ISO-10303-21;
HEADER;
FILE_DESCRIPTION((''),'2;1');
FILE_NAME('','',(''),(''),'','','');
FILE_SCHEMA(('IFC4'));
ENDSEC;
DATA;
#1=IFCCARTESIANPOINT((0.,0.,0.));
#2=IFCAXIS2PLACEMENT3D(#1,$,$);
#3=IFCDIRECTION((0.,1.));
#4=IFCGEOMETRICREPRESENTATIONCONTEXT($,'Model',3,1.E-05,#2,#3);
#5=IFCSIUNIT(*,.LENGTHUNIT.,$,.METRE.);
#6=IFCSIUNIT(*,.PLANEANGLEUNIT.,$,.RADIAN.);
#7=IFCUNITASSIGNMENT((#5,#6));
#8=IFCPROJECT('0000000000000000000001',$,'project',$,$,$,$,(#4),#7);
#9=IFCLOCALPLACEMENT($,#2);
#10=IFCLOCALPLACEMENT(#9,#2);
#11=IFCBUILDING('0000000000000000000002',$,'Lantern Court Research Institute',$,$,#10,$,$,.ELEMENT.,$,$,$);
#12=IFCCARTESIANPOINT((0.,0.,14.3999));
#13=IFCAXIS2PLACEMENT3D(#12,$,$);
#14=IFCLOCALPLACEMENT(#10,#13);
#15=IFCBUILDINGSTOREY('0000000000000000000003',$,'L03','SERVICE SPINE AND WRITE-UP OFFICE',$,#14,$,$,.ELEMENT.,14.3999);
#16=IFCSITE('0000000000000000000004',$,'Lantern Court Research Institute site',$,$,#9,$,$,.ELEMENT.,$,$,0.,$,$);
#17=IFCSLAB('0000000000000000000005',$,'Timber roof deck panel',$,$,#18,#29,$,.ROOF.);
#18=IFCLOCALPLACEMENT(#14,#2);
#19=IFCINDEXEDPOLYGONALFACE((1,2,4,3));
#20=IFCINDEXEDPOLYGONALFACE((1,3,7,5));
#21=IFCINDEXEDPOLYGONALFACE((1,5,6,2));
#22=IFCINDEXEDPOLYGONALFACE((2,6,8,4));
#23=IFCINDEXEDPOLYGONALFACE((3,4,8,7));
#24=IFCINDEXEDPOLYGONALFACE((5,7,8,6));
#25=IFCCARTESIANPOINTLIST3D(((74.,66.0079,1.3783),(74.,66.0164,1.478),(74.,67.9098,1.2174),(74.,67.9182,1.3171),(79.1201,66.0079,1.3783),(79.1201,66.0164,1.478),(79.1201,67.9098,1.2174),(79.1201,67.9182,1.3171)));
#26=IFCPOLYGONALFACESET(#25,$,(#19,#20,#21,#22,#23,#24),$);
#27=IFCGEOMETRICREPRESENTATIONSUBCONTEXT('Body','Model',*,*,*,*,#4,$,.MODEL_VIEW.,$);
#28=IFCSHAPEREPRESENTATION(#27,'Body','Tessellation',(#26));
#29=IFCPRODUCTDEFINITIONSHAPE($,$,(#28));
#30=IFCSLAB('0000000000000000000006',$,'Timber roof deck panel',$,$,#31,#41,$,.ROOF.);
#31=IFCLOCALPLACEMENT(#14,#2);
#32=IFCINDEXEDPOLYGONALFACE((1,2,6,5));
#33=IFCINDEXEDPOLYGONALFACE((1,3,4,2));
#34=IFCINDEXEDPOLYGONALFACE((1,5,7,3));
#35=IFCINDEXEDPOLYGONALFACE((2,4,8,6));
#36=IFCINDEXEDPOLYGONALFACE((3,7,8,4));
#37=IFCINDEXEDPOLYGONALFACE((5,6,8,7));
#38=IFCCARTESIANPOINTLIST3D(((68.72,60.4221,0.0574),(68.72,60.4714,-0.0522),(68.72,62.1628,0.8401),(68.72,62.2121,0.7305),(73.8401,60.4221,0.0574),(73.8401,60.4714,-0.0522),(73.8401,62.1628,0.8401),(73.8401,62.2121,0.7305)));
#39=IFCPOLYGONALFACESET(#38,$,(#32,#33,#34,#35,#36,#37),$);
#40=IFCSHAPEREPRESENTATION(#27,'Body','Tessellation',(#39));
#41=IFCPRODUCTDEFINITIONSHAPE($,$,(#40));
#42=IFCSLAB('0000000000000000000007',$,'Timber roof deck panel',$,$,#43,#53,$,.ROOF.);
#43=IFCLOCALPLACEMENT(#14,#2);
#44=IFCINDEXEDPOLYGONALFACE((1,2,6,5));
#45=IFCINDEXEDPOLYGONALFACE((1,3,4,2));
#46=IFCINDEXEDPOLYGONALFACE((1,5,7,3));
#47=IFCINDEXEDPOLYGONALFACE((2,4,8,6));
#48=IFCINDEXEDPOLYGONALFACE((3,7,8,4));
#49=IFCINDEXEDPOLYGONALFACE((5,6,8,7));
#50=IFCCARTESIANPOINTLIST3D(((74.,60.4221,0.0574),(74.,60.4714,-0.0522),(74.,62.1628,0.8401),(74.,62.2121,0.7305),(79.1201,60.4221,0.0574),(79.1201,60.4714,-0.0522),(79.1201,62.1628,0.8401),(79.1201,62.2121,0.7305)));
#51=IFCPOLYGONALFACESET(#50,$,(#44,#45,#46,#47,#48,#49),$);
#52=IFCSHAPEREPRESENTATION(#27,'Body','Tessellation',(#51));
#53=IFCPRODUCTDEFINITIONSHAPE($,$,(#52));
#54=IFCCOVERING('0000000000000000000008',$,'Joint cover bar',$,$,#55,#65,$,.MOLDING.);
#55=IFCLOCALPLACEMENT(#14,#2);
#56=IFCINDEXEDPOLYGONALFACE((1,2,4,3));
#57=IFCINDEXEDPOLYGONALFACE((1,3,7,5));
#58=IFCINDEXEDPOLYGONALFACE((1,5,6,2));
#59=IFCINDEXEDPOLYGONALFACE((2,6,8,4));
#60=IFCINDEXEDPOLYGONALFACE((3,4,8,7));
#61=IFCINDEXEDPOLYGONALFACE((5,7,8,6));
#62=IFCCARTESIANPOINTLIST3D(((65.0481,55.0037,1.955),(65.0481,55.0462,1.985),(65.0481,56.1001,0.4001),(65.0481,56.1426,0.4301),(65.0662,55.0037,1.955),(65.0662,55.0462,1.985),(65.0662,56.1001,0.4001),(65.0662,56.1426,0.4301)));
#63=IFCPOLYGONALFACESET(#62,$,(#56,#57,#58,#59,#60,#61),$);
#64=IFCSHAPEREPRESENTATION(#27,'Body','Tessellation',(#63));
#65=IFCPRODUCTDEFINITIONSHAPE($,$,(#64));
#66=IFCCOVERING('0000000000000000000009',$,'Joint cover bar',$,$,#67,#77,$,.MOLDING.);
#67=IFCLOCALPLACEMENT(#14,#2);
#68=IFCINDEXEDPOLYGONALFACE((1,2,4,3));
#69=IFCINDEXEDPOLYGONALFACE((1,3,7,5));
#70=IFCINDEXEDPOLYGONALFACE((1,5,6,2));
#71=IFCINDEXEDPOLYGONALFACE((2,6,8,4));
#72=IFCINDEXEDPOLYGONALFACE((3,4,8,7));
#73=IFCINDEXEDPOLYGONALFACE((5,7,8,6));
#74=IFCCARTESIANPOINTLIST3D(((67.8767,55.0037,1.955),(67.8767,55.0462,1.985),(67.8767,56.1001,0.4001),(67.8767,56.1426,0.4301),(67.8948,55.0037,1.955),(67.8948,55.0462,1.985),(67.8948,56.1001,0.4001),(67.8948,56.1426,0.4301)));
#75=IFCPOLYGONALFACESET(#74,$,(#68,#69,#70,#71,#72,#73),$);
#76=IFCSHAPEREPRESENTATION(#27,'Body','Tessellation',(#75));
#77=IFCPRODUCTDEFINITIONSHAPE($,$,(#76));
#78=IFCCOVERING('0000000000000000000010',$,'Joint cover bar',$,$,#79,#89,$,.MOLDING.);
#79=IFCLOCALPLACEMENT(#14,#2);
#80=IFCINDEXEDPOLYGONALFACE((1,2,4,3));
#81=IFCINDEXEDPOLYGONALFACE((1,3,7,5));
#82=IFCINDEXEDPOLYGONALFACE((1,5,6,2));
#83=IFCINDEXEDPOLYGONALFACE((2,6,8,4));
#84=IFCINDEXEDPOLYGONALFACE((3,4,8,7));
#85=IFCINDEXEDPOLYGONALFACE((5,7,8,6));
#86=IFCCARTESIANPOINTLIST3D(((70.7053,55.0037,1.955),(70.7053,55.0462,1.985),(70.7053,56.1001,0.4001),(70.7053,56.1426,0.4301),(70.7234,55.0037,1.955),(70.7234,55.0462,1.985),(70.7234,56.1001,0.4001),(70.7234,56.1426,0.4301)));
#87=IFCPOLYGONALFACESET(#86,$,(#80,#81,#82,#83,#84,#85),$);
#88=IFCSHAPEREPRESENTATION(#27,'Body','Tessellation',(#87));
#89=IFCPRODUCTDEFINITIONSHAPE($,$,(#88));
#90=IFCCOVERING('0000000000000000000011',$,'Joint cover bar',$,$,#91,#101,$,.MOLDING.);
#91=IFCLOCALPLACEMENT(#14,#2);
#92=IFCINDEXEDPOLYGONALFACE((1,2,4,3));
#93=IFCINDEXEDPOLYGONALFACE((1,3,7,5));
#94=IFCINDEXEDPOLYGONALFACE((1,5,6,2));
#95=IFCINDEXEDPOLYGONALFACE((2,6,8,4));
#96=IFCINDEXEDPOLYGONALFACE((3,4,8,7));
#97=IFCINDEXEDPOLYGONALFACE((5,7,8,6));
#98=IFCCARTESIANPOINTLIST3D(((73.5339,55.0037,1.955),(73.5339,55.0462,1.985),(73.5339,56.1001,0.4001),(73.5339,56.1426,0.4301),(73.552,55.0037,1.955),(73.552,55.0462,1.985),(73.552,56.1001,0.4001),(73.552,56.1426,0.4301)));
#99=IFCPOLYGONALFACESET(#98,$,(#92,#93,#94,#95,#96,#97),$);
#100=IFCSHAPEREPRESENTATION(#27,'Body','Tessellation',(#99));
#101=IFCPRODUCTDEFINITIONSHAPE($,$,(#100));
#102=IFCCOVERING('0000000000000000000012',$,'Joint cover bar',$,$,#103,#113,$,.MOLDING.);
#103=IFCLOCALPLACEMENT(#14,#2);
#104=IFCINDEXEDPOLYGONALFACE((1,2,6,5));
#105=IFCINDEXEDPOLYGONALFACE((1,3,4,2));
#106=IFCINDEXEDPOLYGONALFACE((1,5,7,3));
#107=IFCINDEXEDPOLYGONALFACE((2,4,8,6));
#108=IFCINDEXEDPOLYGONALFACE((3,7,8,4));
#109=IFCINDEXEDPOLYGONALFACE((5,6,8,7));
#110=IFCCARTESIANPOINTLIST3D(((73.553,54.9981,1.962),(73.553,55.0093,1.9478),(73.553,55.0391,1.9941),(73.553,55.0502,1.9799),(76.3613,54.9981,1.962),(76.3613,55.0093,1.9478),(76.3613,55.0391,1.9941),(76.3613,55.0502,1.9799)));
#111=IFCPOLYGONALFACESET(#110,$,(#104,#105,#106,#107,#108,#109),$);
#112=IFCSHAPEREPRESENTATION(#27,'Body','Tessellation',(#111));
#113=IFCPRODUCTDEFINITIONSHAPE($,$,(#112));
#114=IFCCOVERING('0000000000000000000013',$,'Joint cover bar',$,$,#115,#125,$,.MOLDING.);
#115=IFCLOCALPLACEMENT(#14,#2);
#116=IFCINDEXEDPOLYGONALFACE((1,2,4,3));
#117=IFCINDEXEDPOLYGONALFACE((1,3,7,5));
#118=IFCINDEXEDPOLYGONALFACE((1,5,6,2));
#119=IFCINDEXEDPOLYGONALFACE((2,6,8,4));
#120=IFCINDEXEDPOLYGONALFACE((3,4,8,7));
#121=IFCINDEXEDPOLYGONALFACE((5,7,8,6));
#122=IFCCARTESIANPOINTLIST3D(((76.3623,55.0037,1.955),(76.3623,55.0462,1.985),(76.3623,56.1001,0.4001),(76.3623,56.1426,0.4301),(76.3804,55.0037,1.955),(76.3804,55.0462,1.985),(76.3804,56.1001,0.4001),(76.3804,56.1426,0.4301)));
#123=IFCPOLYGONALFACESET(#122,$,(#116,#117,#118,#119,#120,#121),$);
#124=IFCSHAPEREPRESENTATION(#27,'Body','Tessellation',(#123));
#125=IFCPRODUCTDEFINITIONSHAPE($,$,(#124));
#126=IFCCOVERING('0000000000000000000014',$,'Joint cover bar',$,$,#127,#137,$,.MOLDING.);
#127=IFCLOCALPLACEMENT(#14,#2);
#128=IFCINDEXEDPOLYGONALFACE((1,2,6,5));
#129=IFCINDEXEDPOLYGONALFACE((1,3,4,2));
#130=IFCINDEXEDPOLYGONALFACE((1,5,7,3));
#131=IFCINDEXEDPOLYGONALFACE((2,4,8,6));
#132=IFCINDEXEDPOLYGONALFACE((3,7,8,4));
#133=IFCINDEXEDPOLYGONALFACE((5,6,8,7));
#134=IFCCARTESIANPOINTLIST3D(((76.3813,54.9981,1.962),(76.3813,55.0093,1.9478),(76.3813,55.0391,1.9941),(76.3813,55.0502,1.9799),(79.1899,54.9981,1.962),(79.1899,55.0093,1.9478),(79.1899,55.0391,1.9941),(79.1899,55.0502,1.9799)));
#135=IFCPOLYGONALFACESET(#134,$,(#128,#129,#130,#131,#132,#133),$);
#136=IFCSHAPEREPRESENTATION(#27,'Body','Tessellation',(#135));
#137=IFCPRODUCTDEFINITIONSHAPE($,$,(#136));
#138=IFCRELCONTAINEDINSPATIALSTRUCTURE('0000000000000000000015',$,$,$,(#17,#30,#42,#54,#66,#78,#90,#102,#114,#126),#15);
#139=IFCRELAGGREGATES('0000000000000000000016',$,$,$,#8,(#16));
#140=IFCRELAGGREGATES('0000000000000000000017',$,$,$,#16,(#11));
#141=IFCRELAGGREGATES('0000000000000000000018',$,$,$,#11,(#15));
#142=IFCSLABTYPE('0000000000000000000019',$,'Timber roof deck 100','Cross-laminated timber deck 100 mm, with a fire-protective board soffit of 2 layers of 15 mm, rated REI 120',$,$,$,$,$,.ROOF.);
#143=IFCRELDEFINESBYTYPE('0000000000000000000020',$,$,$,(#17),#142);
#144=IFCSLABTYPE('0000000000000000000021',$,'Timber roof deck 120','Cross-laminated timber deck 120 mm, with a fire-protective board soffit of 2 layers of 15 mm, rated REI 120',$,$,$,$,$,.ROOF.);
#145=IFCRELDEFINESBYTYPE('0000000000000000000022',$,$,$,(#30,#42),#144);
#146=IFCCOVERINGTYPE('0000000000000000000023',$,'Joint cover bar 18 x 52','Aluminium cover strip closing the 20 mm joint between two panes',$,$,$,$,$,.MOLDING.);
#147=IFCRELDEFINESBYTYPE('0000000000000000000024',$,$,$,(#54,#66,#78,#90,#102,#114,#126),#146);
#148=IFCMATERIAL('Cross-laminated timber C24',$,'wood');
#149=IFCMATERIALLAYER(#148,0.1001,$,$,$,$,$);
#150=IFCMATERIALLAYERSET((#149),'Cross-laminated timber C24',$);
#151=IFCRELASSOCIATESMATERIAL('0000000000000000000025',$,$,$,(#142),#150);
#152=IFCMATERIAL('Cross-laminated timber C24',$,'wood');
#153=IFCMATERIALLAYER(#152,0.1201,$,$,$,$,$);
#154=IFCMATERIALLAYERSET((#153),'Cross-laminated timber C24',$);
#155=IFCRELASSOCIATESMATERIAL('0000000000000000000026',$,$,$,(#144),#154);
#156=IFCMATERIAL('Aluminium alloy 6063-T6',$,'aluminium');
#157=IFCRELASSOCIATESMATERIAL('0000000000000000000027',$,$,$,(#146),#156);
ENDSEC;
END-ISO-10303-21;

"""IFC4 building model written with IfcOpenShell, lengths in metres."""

from ifc_helpers import new_model, si_unit, direction, frame, origin, origin_2d, place, context, subcontext, project, spatial, polyline, rectangle, outline, extrude, material, layer, layer_set, material_profile, profile_set, type_object, element, save


model = new_model("IFC4")

# Units and contexts
model_context = context("Model", 3, precision=1e-05, world=origin(), true_north=direction((0.0, 1.0)))
body_context = subcontext(model_context, "Body", "Model", "MODEL_VIEW")
ifc_project = project(units=[si_unit("LENGTHUNIT", "METRE"), si_unit("PLANEANGLEUNIT", "RADIAN")], contexts=[model_context])

# Site, building, storey
site_placement = place(None, origin())
site = spatial("IfcSite", under=ifc_project, at=site_placement, Name="Lantern Court Research Institute site", CompositionType="ELEMENT", RefElevation=0.0)
building_placement = place(site_placement, origin())
building = spatial("IfcBuilding", under=site, at=building_placement, Name="Lantern Court Research Institute", CompositionType="ELEMENT")
storey_placement = place(building_placement, frame((0.0, 0.0, 14.3999)))
storey = spatial("IfcBuildingStorey", under=building, at=storey_placement, Name="L03", Description="SERVICE SPINE AND WRITE-UP OFFICE", CompositionType="ELEMENT", Elevation=14.3999)

# Slabs
ifc_material_1 = material(Name="Cross-laminated timber C24", Category="wood")
ifc_layer_1 = layer(ifc_material_1, 0.1001)
ifc_layer_set_1 = layer_set([ifc_layer_1], Name="Cross-laminated timber C24")
slab_type_1 = type_object("IfcSlabType", Name="Timber roof deck 100", Description="Cross-laminated timber deck 100 mm, with a fire-protective board soffit of 2 layers of 15 mm, rated REI 120", PredefinedType="ROOF", material=ifc_layer_set_1)
for number, where, z_axis, x_axis, name in (
    (1, (74.0, 66.0164, 1.478), (0.0, 0.084295, 0.996441), (1.0, 0.0, 0.0), "Timber roof deck panel"),
):
    element("IfcSlab", number, at=place(storey_placement, frame(where, z_axis=z_axis, x_axis=x_axis)), inside=storey, type_object=slab_type_1, Name=name, PredefinedType="ROOF", context=body_context, shape_type="SweptSolid", body=[
        extrude(outline(polyline([(0.0, 0.0), (5.1201, 0.0), (5.1201, 1.9086), (0.0, 1.9086), (0.0, 0.0)])), origin(), (0.0, 0.0, -1.0), 0.1001),
    ])
ifc_material_2 = material(Name="Cross-laminated timber C24", Category="wood")
ifc_layer_2 = layer(ifc_material_2, 0.1201)
ifc_layer_set_2 = layer_set([ifc_layer_2], Name="Cross-laminated timber C24")
slab_type_2 = type_object("IfcSlabType", Name="Timber roof deck 120", Description="Cross-laminated timber deck 120 mm, with a fire-protective board soffit of 2 layers of 15 mm, rated REI 120", PredefinedType="ROOF", material=ifc_layer_set_2)
for number, where, z_axis, x_axis, name in (
    (2, (68.72, 60.4221, 0.0574), (0.0, -0.410099, 0.912041), (1.0, 0.0, 0.0), "Timber roof deck panel"),
    (3, (74.0, 60.4221, 0.0574), (0.0, -0.410099, 0.912041), (1.0, 0.0, 0.0), "Timber roof deck panel"),
):
    element("IfcSlab", number, at=place(storey_placement, frame(where, z_axis=z_axis, x_axis=x_axis)), inside=storey, type_object=slab_type_2, Name=name, PredefinedType="ROOF", context=body_context, shape_type="SweptSolid", body=[
        extrude(outline(polyline([(0.0, 0.0), (5.1201, 0.0), (5.1201, 1.9086), (0.0, 1.9086), (0.0, 0.0)])), origin(), (0.0, 0.0, -1.0), 0.1201),
    ])

# Coverings
ifc_material_3 = material(Name="Aluminium alloy 6063-T6", Category="aluminium")
ifc_material_profile_1 = material_profile(ifc_material_3, rectangle(XDim=0.0181, YDim=0.052, at=origin_2d()), Name="Joint cover bar 18 x 52")
ifc_profile_set_1 = profile_set([ifc_material_profile_1], Name="Aluminium alloy 6063-T6")
covering_type = type_object("IfcCoveringType", Name="Joint cover bar 18 x 52", Description="Aluminium cover strip closing the 20 mm joint between two panes", PredefinedType="MOLDING", material=ifc_profile_set_1)
for number, where, z_axis, x_axis, name in (
    (4, (65.0571, 55.0249, 1.97), (0.0, 0.576275, -0.817256), (-1.0, 0.0, 0.0), "Joint cover bar"),
    (5, (67.8857, 55.0249, 1.97), (0.0, 0.576275, -0.817256), (-1.0, 0.0, 0.0), "Joint cover bar"),
    (6, (70.7144, 55.0249, 1.97), (0.0, 0.576275, -0.817256), (-1.0, 0.0, 0.0), "Joint cover bar"),
    (7, (73.543, 55.0249, 1.97), (0.0, 0.576275, -0.817256), (-1.0, 0.0, 0.0), "Joint cover bar"),
):
    element("IfcCovering", number, at=place(storey_placement, frame(where, z_axis=z_axis, x_axis=x_axis)), inside=storey, type_object=covering_type, Name=name, PredefinedType="MOLDING", context=body_context, shape_type="SweptSolid", body=[
        extrude(rectangle(XDim=0.0181, YDim=0.052, at=origin_2d()), origin(), (0.0, 0.0, 1.0), 1.9026),
    ])
covering_1_placement = place(storey_placement, frame((73.553, 55.0242, 1.9709), z_axis=(1.0, 0.0, 0.0), x_axis=(0.0, 0.616657, -0.787232)))
element("IfcCovering", 8, at=covering_1_placement, inside=storey, type_object=covering_type, Name="Joint cover bar", PredefinedType="MOLDING", context=body_context, shape_type="SweptSolid", body=[
    extrude(rectangle(XDim=0.0181, YDim=0.052, at=origin_2d()), origin(), (0.0, 0.0, 1.0), 2.8083),
])
covering_2_placement = place(storey_placement, frame((76.3713, 55.0249, 1.97), z_axis=(0.0, 0.576275, -0.817256), x_axis=(-1.0, 0.0, 0.0)))
element("IfcCovering", 9, at=covering_2_placement, inside=storey, type_object=covering_type, Name="Joint cover bar", PredefinedType="MOLDING", context=body_context, shape_type="SweptSolid", body=[
    extrude(rectangle(XDim=0.0181, YDim=0.052, at=origin_2d()), origin(), (0.0, 0.0, 1.0), 1.9026),
])
covering_3_placement = place(storey_placement, frame((76.3813, 55.0242, 1.9709), z_axis=(1.0, 0.0, 0.0), x_axis=(0.0, 0.616657, -0.787232)))
element("IfcCovering", 10, at=covering_3_placement, inside=storey, type_object=covering_type, Name="Joint cover bar", PredefinedType="MOLDING", context=body_context, shape_type="SweptSolid", body=[
    extrude(rectangle(XDim=0.0181, YDim=0.052, at=origin_2d()), origin(), (0.0, 0.0, 1.0), 2.8086),
])

save(model, "model.ifc")
